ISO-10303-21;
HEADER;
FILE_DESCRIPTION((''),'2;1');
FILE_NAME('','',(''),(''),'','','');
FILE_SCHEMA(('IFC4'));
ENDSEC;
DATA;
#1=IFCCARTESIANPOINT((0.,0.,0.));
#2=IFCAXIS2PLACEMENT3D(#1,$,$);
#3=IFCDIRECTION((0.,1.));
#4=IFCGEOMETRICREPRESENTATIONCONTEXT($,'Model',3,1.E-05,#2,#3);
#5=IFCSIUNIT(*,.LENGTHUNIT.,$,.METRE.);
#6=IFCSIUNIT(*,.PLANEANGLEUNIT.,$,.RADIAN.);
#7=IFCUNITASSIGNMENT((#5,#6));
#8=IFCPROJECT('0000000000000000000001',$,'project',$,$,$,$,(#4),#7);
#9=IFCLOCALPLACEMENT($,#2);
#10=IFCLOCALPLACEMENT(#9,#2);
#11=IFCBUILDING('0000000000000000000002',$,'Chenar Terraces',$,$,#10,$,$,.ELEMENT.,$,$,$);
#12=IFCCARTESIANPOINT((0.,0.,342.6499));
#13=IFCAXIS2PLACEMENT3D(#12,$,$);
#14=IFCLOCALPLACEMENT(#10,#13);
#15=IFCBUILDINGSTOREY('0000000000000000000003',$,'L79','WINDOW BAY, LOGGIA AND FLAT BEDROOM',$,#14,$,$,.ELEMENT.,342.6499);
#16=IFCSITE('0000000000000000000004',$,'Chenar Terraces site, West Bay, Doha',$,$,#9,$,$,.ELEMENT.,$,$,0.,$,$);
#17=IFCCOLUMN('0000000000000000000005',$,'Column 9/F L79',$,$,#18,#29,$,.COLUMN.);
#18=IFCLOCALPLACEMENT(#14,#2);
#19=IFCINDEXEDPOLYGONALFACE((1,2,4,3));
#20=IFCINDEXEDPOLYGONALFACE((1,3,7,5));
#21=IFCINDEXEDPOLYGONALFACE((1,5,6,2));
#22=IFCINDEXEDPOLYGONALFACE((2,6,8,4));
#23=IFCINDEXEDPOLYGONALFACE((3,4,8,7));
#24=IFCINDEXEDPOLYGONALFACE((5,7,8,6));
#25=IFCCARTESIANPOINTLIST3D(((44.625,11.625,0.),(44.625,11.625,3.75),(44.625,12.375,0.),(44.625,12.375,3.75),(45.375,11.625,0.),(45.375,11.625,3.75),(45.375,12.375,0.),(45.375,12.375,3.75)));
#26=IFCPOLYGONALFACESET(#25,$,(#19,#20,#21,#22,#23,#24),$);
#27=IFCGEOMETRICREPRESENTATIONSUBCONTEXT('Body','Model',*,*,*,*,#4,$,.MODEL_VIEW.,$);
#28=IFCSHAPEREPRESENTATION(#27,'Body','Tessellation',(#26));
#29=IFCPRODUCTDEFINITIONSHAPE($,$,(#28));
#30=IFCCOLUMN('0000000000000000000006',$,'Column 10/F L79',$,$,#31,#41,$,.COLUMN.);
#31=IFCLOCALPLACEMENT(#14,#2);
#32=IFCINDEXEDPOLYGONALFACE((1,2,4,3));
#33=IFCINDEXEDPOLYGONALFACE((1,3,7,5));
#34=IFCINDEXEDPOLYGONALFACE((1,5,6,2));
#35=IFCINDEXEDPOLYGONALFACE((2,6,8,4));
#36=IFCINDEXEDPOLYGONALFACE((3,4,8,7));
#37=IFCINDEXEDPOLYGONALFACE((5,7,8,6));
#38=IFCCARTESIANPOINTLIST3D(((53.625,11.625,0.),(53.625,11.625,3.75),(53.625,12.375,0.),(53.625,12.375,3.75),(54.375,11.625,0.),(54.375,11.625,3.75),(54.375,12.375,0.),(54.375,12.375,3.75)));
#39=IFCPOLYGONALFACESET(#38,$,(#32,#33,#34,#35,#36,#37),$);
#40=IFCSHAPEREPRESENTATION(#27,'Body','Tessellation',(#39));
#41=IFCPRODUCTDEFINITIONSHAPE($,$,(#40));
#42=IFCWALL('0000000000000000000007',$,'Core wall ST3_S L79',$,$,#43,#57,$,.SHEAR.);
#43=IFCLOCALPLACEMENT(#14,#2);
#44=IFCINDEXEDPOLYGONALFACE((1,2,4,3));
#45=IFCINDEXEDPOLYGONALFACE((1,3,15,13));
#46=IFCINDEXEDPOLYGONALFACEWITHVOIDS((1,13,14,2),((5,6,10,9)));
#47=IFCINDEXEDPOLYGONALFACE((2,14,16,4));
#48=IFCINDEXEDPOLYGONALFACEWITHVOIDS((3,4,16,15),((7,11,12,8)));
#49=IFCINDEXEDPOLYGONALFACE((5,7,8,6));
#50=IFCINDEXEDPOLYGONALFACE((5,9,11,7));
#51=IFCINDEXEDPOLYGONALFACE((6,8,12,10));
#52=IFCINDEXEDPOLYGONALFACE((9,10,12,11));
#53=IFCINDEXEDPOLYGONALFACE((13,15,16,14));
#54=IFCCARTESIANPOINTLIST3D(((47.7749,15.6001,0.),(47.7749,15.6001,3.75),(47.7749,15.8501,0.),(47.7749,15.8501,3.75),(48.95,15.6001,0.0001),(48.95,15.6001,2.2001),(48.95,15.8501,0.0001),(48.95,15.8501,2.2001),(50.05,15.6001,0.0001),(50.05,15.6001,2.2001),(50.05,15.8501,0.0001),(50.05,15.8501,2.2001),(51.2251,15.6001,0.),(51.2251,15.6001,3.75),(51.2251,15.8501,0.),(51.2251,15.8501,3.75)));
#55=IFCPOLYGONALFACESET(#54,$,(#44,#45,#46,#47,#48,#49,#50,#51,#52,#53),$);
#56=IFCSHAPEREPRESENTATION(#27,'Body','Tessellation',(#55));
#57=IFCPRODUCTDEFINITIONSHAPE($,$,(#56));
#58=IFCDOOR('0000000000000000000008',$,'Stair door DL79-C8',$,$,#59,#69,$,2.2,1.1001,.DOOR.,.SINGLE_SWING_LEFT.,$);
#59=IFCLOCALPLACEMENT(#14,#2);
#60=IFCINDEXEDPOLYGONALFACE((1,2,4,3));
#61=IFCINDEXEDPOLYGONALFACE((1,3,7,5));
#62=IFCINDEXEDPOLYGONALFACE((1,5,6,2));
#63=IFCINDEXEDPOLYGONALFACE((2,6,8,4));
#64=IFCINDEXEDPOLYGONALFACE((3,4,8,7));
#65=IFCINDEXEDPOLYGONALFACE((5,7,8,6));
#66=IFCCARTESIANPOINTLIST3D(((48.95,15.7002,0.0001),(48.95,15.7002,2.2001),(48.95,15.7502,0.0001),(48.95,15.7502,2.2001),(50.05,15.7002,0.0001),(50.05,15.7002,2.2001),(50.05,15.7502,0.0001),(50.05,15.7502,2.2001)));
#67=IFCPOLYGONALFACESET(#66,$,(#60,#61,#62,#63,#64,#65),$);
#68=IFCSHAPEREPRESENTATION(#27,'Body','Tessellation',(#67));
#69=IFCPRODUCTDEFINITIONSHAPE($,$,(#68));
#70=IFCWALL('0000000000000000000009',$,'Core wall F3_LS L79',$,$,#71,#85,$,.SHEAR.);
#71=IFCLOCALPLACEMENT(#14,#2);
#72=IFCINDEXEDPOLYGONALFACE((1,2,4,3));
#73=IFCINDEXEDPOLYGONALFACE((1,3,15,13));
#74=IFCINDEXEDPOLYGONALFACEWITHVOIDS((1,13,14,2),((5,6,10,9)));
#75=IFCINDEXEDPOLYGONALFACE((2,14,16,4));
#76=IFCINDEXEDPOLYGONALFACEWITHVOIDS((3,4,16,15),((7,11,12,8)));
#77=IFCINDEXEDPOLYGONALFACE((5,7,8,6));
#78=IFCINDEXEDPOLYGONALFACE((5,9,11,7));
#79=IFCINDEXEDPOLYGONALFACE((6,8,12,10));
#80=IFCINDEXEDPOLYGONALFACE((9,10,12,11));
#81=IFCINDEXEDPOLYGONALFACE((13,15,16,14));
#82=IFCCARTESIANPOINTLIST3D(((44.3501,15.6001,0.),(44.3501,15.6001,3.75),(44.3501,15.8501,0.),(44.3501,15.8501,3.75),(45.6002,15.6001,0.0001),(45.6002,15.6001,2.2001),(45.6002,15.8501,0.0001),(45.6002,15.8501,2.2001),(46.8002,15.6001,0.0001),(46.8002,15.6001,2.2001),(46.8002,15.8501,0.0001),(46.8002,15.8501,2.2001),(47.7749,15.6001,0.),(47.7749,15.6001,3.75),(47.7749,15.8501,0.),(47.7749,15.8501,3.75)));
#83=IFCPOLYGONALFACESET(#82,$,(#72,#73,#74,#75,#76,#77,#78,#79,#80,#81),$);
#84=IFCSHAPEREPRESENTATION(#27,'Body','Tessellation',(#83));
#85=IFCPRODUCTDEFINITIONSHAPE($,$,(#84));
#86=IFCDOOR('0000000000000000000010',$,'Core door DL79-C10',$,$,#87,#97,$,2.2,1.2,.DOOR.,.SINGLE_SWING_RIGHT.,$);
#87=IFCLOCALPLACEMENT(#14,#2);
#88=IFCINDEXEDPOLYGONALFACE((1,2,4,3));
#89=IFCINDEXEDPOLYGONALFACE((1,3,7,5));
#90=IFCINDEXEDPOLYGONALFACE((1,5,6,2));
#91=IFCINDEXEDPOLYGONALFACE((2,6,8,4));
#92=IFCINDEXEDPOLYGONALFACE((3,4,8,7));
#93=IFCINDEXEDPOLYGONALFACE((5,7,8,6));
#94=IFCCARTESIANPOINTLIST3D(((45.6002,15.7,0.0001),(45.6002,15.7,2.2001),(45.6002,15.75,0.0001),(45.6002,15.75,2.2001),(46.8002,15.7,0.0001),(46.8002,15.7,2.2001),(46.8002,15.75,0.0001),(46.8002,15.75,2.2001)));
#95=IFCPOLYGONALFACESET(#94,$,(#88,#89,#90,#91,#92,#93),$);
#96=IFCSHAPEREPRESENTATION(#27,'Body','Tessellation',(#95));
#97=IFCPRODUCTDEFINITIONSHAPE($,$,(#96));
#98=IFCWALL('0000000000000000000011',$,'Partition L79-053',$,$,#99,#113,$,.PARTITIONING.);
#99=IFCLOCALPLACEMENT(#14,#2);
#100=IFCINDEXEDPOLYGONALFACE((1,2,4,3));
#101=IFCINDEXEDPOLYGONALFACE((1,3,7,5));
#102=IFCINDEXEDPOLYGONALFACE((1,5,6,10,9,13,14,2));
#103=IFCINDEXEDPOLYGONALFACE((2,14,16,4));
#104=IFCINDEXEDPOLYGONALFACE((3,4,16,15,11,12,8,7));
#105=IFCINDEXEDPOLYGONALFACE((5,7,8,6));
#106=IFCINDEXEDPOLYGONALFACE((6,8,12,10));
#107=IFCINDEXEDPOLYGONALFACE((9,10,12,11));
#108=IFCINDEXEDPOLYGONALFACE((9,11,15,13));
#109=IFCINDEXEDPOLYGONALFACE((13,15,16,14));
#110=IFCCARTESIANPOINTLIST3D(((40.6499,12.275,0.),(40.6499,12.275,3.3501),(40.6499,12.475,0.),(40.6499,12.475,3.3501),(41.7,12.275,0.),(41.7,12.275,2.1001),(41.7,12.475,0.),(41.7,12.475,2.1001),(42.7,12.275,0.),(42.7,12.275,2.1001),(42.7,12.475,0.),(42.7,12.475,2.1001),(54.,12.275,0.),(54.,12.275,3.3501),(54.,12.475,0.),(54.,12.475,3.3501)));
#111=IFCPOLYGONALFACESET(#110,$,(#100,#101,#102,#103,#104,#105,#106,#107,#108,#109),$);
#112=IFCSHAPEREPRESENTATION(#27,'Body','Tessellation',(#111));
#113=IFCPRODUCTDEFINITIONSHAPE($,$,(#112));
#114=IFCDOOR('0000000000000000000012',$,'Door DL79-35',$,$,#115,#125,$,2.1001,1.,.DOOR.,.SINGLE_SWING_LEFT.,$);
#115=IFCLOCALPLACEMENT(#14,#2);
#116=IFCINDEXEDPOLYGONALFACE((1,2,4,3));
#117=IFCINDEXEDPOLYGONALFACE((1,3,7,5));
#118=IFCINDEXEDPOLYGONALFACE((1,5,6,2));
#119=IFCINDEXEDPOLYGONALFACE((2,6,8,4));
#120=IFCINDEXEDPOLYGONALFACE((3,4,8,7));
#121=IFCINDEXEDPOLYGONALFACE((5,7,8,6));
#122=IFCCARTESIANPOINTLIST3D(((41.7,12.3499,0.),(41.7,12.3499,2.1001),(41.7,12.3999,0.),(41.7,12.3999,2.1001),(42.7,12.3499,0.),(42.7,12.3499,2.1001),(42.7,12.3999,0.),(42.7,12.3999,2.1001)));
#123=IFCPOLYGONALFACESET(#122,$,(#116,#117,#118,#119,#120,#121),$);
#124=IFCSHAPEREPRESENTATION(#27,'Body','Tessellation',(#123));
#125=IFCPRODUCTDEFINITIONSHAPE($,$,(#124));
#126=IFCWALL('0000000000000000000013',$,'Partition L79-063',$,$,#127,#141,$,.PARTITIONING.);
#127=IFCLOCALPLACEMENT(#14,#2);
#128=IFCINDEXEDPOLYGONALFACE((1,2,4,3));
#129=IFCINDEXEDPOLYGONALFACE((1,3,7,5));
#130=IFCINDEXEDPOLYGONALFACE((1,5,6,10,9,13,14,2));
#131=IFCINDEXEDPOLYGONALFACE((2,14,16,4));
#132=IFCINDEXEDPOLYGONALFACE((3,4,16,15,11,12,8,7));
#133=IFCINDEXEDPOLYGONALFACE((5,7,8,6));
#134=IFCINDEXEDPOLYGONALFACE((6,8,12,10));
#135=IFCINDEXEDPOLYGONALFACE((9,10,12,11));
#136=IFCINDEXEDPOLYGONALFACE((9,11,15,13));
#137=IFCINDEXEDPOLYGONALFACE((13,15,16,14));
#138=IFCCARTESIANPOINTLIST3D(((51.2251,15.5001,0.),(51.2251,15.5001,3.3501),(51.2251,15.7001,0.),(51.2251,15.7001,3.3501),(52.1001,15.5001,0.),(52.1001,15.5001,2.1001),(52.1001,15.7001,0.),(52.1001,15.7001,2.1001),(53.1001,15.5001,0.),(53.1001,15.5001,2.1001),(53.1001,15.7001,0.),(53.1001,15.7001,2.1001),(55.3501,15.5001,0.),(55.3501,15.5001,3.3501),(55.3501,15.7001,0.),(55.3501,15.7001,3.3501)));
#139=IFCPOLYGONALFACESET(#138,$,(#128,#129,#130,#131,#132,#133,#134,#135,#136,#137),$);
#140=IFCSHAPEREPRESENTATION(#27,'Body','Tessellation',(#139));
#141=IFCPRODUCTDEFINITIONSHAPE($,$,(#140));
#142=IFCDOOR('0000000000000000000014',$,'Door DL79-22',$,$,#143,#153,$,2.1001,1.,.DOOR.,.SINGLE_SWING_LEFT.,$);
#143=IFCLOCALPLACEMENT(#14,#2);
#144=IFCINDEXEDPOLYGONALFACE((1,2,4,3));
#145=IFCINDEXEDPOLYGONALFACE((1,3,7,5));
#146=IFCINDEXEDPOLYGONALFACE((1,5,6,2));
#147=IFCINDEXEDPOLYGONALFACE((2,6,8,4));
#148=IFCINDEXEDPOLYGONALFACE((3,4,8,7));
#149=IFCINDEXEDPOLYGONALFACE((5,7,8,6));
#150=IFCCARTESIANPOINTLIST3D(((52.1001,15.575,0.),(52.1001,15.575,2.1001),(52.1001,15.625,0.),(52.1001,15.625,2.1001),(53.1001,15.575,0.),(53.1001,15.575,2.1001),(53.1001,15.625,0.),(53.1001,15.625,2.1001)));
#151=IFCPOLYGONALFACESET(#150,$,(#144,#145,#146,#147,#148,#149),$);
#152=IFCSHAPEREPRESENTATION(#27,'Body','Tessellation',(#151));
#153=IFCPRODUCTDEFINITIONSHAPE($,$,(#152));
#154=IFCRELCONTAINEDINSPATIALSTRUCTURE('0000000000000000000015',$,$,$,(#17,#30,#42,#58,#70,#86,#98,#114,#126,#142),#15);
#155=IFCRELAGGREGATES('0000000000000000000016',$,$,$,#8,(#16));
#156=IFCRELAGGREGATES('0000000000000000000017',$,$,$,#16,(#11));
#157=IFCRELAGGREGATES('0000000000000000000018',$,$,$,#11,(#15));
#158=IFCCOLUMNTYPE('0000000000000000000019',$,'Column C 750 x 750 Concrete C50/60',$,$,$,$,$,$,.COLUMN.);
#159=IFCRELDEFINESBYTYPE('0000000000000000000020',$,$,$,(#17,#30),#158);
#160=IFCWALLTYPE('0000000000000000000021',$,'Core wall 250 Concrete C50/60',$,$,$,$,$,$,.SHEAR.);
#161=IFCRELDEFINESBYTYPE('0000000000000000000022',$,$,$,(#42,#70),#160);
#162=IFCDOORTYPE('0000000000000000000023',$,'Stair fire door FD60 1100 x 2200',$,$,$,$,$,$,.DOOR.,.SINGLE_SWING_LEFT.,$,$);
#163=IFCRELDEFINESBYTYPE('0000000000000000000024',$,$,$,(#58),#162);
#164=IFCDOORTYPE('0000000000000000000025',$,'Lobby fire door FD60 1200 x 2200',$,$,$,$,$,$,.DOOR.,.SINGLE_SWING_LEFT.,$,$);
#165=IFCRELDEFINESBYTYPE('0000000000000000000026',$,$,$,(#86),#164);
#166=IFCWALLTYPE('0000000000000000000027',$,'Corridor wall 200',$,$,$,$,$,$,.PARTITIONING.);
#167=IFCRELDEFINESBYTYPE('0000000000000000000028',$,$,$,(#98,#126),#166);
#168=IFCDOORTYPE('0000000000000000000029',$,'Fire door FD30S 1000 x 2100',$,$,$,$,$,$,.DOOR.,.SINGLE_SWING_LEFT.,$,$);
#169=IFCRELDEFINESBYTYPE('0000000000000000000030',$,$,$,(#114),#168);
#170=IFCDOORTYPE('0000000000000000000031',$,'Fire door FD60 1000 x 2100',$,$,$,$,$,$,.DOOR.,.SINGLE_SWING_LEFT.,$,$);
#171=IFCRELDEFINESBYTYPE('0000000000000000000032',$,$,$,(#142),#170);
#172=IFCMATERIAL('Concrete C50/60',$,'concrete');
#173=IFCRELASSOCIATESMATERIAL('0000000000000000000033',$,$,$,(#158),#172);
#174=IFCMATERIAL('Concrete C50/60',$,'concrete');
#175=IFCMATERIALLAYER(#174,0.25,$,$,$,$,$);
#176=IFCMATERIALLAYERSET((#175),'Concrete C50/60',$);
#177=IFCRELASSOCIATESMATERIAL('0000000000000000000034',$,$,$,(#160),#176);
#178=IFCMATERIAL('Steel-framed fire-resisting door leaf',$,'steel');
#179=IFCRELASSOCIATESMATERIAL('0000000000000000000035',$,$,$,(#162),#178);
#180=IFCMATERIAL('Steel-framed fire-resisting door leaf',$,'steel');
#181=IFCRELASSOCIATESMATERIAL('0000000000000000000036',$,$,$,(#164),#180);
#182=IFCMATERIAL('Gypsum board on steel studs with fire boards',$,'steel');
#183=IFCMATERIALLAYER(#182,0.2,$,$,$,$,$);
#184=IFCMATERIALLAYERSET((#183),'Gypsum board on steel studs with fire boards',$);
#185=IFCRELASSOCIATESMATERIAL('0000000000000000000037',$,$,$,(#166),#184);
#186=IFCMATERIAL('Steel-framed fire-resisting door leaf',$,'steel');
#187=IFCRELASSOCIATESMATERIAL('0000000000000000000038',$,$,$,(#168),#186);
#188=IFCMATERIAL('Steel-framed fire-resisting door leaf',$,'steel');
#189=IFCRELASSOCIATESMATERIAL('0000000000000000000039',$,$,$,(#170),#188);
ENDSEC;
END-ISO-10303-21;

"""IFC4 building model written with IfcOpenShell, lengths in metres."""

from ifc_helpers import new_model, si_unit, direction, frame, frame_2d, origin, origin_2d, place, context, subcontext, project, spatial, rectangle, extrude, material, layer, layer_set, material_profile, profile_set, type_object, element, fill, save


model = new_model("IFC4")

# Units and contexts
model_context = context("Model", 3, precision=1e-05, world=origin(), true_north=direction((0.0, 1.0)))
body_context = subcontext(model_context, "Body", "Model", "MODEL_VIEW")
ifc_project = project(units=[si_unit("LENGTHUNIT", "METRE"), si_unit("PLANEANGLEUNIT", "RADIAN")], contexts=[model_context])

# Site, building, storey
site_placement = place(None, origin())
site = spatial("IfcSite", under=ifc_project, at=site_placement, Name="Chenar Terraces site, West Bay, Doha", CompositionType="ELEMENT", RefElevation=0.0)
building_placement = place(site_placement, origin())
building = spatial("IfcBuilding", under=site, at=building_placement, Name="Chenar Terraces", CompositionType="ELEMENT")
storey_placement = place(building_placement, frame((0.0, 0.0, 342.6499)))
storey = spatial("IfcBuildingStorey", under=building, at=storey_placement, Name="L79", Description="WINDOW BAY, LOGGIA AND FLAT BEDROOM", CompositionType="ELEMENT", Elevation=342.6499)

# Columns
ifc_material_1 = material(Name="Concrete C50/60", Category="concrete")
ifc_material_profile = material_profile(ifc_material_1, rectangle(XDim=0.75, YDim=0.75, at=origin_2d()), Name="C 750 x 750")
ifc_profile_set = profile_set([ifc_material_profile], Name="Concrete C50/60")
column_type = type_object("IfcColumnType", Name="Column C 750 x 750 Concrete C50/60", PredefinedType="COLUMN", material=ifc_profile_set)
for number, where, z_axis, x_axis, name in (
    (1, (45.0, 12.0, 0.0), (0.0, 0.0, 1.0), (1.0, 0.0, 0.0), "Column 9/F L79"),
    (2, (54.0, 12.0, 0.0), (0.0, 0.0, 1.0), (1.0, 0.0, 0.0), "Column 10/F L79"),
):
    element("IfcColumn", number, at=place(storey_placement, frame(where, z_axis=z_axis, x_axis=x_axis)), inside=storey, type_object=column_type, Name=name, PredefinedType="COLUMN", context=body_context, shape_type="SweptSolid", body=[
        extrude(rectangle(XDim=0.75, YDim=0.75, at=origin_2d()), origin(), (0.0, 0.0, 1.0), 3.75),
    ])

# Walls, openings, doors
ifc_material_2 = material(Name="Concrete C50/60", Category="concrete")
ifc_layer_1 = layer(ifc_material_2, 0.25)
ifc_layer_set_1 = layer_set([ifc_layer_1], Name="Concrete C50/60")
wall_type_1 = type_object("IfcWallType", Name="Core wall 250 Concrete C50/60", PredefinedType="SHEAR", material=ifc_layer_set_1)
wall_1_placement = place(storey_placement, frame((47.7749, 15.7251, 0.0), z_axis=(0.0, 0.0, 1.0), x_axis=(1.0, 0.0, 0.0)))
wall_1 = element("IfcWall", 3, at=wall_1_placement, inside=storey, type_object=wall_type_1, Name="Core wall ST3_S L79", PredefinedType="SHEAR", context=body_context, shape_type="SweptSolid", body=[
    extrude(rectangle(XDim=3.4502, YDim=0.25, at=frame_2d((1.7251, 0.0))), origin(), (0.0, 0.0, 1.0), 3.75),
])
opening_1_placement = place(wall_1_placement, frame((1.175, 0.0, 0.0)))
opening_1 = element("IfcOpeningElement", 4, at=opening_1_placement, cuts=wall_1, PredefinedType="OPENING", context=body_context, shape_type="SweptSolid", body=[
    extrude(rectangle(XDim=1.1001, YDim=2.2, at=frame_2d((0.55, 1.1001))), frame((0.0, 0.135, 0.0), z_axis=(0.0, -1.0, 0.0), x_axis=(1.0, 0.0, 0.0)), (0.0, 0.0, 1.0), 0.27),
])
ifc_material_3 = material(Name="Steel-framed fire-resisting door leaf", Category="steel")
door_type_1 = type_object("IfcDoorType", Name="Stair fire door FD60 1100 x 2200", OperationType="SINGLE_SWING_LEFT", PredefinedType="DOOR", material=ifc_material_3)
door_1_placement = place(opening_1_placement, frame((1.1001, 0.0, 0.0), z_axis=(0.0, 0.0, 1.0), x_axis=(-1.0, 0.0, 0.0)))
door_1 = element("IfcDoor", 5, at=door_1_placement, inside=storey, type_object=door_type_1, Name="Stair door DL79-C8", OperationType="SINGLE_SWING_LEFT", OverallHeight=2.2, OverallWidth=1.1001, PredefinedType="DOOR", context=body_context, shape_type="SweptSolid", body=[
    extrude(rectangle(XDim=1.1001, YDim=2.2, at=frame_2d((0.55, 1.1001))), frame((0.0, 0.0249, 0.0), z_axis=(0.0, -1.0, 0.0), x_axis=(1.0, 0.0, 0.0)), (0.0, 0.0, 1.0), 0.05),
])
fill(opening_1, door_1)
wall_2_placement = place(storey_placement, frame((44.3501, 15.7251, 0.0), z_axis=(0.0, 0.0, 1.0), x_axis=(1.0, 0.0, 0.0)))
wall_2 = element("IfcWall", 6, at=wall_2_placement, inside=storey, type_object=wall_type_1, Name="Core wall F3_LS L79", PredefinedType="SHEAR", context=body_context, shape_type="SweptSolid", body=[
    extrude(rectangle(XDim=3.4248, YDim=0.25, at=frame_2d((1.7124, 0.0))), origin(), (0.0, 0.0, 1.0), 3.75),
])
opening_2_placement = place(wall_2_placement, frame((1.25, 0.0, 0.0)))
opening_2 = element("IfcOpeningElement", 7, at=opening_2_placement, cuts=wall_2, PredefinedType="OPENING", context=body_context, shape_type="SweptSolid", body=[
    extrude(rectangle(XDim=1.2, YDim=2.2, at=frame_2d((0.6001, 1.1001))), frame((0.0, 0.135, 0.0), z_axis=(0.0, -1.0, 0.0), x_axis=(1.0, 0.0, 0.0)), (0.0, 0.0, 1.0), 0.27),
])
ifc_material_4 = material(Name="Steel-framed fire-resisting door leaf", Category="steel")
door_type_2 = type_object("IfcDoorType", Name="Lobby fire door FD60 1200 x 2200", OperationType="SINGLE_SWING_LEFT", PredefinedType="DOOR", material=ifc_material_4)
door_2_placement = place(opening_2_placement, origin())
door_2 = element("IfcDoor", 8, at=door_2_placement, inside=storey, type_object=door_type_2, Name="Core door DL79-C10", OperationType="SINGLE_SWING_RIGHT", OverallHeight=2.2, OverallWidth=1.2, PredefinedType="DOOR", context=body_context, shape_type="SweptSolid", body=[
    extrude(rectangle(XDim=1.2, YDim=2.2, at=frame_2d((0.6001, 1.1001))), frame((0.0, 0.0249, 0.0), z_axis=(0.0, -1.0, 0.0), x_axis=(1.0, 0.0, 0.0)), (0.0, 0.0, 1.0), 0.05),
])
fill(opening_2, door_2)
ifc_material_5 = material(Name="Gypsum board on steel studs with fire boards", Category="steel")
ifc_layer_2 = layer(ifc_material_5, 0.2)
ifc_layer_set_2 = layer_set([ifc_layer_2], Name="Gypsum board on steel studs with fire boards")
wall_type_2 = type_object("IfcWallType", Name="Corridor wall 200", PredefinedType="PARTITIONING", material=ifc_layer_set_2)
wall_3_placement = place(storey_placement, frame((40.6499, 12.375, 0.0), z_axis=(0.0, 0.0, 1.0), x_axis=(1.0, 0.0, 0.0)))
wall_3 = element("IfcWall", 9, at=wall_3_placement, inside=storey, type_object=wall_type_2, Name="Partition L79-053", PredefinedType="PARTITIONING", context=body_context, shape_type="SweptSolid", body=[
    extrude(rectangle(XDim=13.3501, YDim=0.2, at=frame_2d((6.675, 0.0))), origin(), (0.0, 0.0, 1.0), 3.3501),
])
opening_3_placement = place(wall_3_placement, frame((1.05, 0.0, 0.0)))
opening_3 = element("IfcOpeningElement", 10, at=opening_3_placement, cuts=wall_3, PredefinedType="OPENING", context=body_context, shape_type="SweptSolid", body=[
    extrude(rectangle(XDim=1.0, YDim=2.1001, at=frame_2d((0.5, 1.05))), frame((0.0, 0.1099, 0.0), z_axis=(0.0, -1.0, 0.0), x_axis=(1.0, 0.0, 0.0)), (0.0, 0.0, 1.0), 0.22),
])
ifc_material_6 = material(Name="Steel-framed fire-resisting door leaf", Category="steel")
door_type_3 = type_object("IfcDoorType", Name="Fire door FD30S 1000 x 2100", OperationType="SINGLE_SWING_LEFT", PredefinedType="DOOR", material=ifc_material_6)
door_3_placement = place(opening_3_placement, origin())
door_3 = element("IfcDoor", 11, at=door_3_placement, inside=storey, type_object=door_type_3, Name="Door DL79-35", OperationType="SINGLE_SWING_LEFT", OverallHeight=2.1001, OverallWidth=1.0, PredefinedType="DOOR", context=body_context, shape_type="SweptSolid", body=[
    extrude(rectangle(XDim=1.0, YDim=2.1001, at=frame_2d((0.5, 1.05))), frame((0.0, 0.0249, 0.0), z_axis=(0.0, -1.0, 0.0), x_axis=(1.0, 0.0, 0.0)), (0.0, 0.0, 1.0), 0.05),
])
fill(opening_3, door_3)
wall_4_placement = place(storey_placement, frame((51.2251, 15.6001, 0.0), z_axis=(0.0, 0.0, 1.0), x_axis=(1.0, 0.0, 0.0)))
wall_4 = element("IfcWall", 12, at=wall_4_placement, inside=storey, type_object=wall_type_2, Name="Partition L79-063", PredefinedType="PARTITIONING", context=body_context, shape_type="SweptSolid", body=[
    extrude(rectangle(XDim=4.125, YDim=0.2, at=frame_2d((2.0625, 0.0))), origin(), (0.0, 0.0, 1.0), 3.3501),
])
opening_4_placement = place(wall_4_placement, frame((0.875, 0.0, 0.0)))
opening_4 = element("IfcOpeningElement", 13, at=opening_4_placement, cuts=wall_4, PredefinedType="OPENING", context=body_context, shape_type="SweptSolid", body=[
    extrude(rectangle(XDim=1.0, YDim=2.1001, at=frame_2d((0.5, 1.05))), frame((0.0, 0.1099, 0.0), z_axis=(0.0, -1.0, 0.0), x_axis=(1.0, 0.0, 0.0)), (0.0, 0.0, 1.0), 0.22),
])
ifc_material_7 = material(Name="Steel-framed fire-resisting door leaf", Category="steel")
door_type_4 = type_object("IfcDoorType", Name="Fire door FD60 1000 x 2100", OperationType="SINGLE_SWING_LEFT", PredefinedType="DOOR", material=ifc_material_7)
door_4_placement = place(opening_4_placement, origin())
door_4 = element("IfcDoor", 14, at=door_4_placement, inside=storey, type_object=door_type_4, Name="Door DL79-22", OperationType="SINGLE_SWING_LEFT", OverallHeight=2.1001, OverallWidth=1.0, PredefinedType="DOOR", context=body_context, shape_type="SweptSolid", body=[
    extrude(rectangle(XDim=1.0, YDim=2.1001, at=frame_2d((0.5, 1.05))), frame((0.0, 0.0249, 0.0), z_axis=(0.0, -1.0, 0.0), x_axis=(1.0, 0.0, 0.0)), (0.0, 0.0, 1.0), 0.05),
])
fill(opening_4, door_4)

save(model, "model.ifc")
